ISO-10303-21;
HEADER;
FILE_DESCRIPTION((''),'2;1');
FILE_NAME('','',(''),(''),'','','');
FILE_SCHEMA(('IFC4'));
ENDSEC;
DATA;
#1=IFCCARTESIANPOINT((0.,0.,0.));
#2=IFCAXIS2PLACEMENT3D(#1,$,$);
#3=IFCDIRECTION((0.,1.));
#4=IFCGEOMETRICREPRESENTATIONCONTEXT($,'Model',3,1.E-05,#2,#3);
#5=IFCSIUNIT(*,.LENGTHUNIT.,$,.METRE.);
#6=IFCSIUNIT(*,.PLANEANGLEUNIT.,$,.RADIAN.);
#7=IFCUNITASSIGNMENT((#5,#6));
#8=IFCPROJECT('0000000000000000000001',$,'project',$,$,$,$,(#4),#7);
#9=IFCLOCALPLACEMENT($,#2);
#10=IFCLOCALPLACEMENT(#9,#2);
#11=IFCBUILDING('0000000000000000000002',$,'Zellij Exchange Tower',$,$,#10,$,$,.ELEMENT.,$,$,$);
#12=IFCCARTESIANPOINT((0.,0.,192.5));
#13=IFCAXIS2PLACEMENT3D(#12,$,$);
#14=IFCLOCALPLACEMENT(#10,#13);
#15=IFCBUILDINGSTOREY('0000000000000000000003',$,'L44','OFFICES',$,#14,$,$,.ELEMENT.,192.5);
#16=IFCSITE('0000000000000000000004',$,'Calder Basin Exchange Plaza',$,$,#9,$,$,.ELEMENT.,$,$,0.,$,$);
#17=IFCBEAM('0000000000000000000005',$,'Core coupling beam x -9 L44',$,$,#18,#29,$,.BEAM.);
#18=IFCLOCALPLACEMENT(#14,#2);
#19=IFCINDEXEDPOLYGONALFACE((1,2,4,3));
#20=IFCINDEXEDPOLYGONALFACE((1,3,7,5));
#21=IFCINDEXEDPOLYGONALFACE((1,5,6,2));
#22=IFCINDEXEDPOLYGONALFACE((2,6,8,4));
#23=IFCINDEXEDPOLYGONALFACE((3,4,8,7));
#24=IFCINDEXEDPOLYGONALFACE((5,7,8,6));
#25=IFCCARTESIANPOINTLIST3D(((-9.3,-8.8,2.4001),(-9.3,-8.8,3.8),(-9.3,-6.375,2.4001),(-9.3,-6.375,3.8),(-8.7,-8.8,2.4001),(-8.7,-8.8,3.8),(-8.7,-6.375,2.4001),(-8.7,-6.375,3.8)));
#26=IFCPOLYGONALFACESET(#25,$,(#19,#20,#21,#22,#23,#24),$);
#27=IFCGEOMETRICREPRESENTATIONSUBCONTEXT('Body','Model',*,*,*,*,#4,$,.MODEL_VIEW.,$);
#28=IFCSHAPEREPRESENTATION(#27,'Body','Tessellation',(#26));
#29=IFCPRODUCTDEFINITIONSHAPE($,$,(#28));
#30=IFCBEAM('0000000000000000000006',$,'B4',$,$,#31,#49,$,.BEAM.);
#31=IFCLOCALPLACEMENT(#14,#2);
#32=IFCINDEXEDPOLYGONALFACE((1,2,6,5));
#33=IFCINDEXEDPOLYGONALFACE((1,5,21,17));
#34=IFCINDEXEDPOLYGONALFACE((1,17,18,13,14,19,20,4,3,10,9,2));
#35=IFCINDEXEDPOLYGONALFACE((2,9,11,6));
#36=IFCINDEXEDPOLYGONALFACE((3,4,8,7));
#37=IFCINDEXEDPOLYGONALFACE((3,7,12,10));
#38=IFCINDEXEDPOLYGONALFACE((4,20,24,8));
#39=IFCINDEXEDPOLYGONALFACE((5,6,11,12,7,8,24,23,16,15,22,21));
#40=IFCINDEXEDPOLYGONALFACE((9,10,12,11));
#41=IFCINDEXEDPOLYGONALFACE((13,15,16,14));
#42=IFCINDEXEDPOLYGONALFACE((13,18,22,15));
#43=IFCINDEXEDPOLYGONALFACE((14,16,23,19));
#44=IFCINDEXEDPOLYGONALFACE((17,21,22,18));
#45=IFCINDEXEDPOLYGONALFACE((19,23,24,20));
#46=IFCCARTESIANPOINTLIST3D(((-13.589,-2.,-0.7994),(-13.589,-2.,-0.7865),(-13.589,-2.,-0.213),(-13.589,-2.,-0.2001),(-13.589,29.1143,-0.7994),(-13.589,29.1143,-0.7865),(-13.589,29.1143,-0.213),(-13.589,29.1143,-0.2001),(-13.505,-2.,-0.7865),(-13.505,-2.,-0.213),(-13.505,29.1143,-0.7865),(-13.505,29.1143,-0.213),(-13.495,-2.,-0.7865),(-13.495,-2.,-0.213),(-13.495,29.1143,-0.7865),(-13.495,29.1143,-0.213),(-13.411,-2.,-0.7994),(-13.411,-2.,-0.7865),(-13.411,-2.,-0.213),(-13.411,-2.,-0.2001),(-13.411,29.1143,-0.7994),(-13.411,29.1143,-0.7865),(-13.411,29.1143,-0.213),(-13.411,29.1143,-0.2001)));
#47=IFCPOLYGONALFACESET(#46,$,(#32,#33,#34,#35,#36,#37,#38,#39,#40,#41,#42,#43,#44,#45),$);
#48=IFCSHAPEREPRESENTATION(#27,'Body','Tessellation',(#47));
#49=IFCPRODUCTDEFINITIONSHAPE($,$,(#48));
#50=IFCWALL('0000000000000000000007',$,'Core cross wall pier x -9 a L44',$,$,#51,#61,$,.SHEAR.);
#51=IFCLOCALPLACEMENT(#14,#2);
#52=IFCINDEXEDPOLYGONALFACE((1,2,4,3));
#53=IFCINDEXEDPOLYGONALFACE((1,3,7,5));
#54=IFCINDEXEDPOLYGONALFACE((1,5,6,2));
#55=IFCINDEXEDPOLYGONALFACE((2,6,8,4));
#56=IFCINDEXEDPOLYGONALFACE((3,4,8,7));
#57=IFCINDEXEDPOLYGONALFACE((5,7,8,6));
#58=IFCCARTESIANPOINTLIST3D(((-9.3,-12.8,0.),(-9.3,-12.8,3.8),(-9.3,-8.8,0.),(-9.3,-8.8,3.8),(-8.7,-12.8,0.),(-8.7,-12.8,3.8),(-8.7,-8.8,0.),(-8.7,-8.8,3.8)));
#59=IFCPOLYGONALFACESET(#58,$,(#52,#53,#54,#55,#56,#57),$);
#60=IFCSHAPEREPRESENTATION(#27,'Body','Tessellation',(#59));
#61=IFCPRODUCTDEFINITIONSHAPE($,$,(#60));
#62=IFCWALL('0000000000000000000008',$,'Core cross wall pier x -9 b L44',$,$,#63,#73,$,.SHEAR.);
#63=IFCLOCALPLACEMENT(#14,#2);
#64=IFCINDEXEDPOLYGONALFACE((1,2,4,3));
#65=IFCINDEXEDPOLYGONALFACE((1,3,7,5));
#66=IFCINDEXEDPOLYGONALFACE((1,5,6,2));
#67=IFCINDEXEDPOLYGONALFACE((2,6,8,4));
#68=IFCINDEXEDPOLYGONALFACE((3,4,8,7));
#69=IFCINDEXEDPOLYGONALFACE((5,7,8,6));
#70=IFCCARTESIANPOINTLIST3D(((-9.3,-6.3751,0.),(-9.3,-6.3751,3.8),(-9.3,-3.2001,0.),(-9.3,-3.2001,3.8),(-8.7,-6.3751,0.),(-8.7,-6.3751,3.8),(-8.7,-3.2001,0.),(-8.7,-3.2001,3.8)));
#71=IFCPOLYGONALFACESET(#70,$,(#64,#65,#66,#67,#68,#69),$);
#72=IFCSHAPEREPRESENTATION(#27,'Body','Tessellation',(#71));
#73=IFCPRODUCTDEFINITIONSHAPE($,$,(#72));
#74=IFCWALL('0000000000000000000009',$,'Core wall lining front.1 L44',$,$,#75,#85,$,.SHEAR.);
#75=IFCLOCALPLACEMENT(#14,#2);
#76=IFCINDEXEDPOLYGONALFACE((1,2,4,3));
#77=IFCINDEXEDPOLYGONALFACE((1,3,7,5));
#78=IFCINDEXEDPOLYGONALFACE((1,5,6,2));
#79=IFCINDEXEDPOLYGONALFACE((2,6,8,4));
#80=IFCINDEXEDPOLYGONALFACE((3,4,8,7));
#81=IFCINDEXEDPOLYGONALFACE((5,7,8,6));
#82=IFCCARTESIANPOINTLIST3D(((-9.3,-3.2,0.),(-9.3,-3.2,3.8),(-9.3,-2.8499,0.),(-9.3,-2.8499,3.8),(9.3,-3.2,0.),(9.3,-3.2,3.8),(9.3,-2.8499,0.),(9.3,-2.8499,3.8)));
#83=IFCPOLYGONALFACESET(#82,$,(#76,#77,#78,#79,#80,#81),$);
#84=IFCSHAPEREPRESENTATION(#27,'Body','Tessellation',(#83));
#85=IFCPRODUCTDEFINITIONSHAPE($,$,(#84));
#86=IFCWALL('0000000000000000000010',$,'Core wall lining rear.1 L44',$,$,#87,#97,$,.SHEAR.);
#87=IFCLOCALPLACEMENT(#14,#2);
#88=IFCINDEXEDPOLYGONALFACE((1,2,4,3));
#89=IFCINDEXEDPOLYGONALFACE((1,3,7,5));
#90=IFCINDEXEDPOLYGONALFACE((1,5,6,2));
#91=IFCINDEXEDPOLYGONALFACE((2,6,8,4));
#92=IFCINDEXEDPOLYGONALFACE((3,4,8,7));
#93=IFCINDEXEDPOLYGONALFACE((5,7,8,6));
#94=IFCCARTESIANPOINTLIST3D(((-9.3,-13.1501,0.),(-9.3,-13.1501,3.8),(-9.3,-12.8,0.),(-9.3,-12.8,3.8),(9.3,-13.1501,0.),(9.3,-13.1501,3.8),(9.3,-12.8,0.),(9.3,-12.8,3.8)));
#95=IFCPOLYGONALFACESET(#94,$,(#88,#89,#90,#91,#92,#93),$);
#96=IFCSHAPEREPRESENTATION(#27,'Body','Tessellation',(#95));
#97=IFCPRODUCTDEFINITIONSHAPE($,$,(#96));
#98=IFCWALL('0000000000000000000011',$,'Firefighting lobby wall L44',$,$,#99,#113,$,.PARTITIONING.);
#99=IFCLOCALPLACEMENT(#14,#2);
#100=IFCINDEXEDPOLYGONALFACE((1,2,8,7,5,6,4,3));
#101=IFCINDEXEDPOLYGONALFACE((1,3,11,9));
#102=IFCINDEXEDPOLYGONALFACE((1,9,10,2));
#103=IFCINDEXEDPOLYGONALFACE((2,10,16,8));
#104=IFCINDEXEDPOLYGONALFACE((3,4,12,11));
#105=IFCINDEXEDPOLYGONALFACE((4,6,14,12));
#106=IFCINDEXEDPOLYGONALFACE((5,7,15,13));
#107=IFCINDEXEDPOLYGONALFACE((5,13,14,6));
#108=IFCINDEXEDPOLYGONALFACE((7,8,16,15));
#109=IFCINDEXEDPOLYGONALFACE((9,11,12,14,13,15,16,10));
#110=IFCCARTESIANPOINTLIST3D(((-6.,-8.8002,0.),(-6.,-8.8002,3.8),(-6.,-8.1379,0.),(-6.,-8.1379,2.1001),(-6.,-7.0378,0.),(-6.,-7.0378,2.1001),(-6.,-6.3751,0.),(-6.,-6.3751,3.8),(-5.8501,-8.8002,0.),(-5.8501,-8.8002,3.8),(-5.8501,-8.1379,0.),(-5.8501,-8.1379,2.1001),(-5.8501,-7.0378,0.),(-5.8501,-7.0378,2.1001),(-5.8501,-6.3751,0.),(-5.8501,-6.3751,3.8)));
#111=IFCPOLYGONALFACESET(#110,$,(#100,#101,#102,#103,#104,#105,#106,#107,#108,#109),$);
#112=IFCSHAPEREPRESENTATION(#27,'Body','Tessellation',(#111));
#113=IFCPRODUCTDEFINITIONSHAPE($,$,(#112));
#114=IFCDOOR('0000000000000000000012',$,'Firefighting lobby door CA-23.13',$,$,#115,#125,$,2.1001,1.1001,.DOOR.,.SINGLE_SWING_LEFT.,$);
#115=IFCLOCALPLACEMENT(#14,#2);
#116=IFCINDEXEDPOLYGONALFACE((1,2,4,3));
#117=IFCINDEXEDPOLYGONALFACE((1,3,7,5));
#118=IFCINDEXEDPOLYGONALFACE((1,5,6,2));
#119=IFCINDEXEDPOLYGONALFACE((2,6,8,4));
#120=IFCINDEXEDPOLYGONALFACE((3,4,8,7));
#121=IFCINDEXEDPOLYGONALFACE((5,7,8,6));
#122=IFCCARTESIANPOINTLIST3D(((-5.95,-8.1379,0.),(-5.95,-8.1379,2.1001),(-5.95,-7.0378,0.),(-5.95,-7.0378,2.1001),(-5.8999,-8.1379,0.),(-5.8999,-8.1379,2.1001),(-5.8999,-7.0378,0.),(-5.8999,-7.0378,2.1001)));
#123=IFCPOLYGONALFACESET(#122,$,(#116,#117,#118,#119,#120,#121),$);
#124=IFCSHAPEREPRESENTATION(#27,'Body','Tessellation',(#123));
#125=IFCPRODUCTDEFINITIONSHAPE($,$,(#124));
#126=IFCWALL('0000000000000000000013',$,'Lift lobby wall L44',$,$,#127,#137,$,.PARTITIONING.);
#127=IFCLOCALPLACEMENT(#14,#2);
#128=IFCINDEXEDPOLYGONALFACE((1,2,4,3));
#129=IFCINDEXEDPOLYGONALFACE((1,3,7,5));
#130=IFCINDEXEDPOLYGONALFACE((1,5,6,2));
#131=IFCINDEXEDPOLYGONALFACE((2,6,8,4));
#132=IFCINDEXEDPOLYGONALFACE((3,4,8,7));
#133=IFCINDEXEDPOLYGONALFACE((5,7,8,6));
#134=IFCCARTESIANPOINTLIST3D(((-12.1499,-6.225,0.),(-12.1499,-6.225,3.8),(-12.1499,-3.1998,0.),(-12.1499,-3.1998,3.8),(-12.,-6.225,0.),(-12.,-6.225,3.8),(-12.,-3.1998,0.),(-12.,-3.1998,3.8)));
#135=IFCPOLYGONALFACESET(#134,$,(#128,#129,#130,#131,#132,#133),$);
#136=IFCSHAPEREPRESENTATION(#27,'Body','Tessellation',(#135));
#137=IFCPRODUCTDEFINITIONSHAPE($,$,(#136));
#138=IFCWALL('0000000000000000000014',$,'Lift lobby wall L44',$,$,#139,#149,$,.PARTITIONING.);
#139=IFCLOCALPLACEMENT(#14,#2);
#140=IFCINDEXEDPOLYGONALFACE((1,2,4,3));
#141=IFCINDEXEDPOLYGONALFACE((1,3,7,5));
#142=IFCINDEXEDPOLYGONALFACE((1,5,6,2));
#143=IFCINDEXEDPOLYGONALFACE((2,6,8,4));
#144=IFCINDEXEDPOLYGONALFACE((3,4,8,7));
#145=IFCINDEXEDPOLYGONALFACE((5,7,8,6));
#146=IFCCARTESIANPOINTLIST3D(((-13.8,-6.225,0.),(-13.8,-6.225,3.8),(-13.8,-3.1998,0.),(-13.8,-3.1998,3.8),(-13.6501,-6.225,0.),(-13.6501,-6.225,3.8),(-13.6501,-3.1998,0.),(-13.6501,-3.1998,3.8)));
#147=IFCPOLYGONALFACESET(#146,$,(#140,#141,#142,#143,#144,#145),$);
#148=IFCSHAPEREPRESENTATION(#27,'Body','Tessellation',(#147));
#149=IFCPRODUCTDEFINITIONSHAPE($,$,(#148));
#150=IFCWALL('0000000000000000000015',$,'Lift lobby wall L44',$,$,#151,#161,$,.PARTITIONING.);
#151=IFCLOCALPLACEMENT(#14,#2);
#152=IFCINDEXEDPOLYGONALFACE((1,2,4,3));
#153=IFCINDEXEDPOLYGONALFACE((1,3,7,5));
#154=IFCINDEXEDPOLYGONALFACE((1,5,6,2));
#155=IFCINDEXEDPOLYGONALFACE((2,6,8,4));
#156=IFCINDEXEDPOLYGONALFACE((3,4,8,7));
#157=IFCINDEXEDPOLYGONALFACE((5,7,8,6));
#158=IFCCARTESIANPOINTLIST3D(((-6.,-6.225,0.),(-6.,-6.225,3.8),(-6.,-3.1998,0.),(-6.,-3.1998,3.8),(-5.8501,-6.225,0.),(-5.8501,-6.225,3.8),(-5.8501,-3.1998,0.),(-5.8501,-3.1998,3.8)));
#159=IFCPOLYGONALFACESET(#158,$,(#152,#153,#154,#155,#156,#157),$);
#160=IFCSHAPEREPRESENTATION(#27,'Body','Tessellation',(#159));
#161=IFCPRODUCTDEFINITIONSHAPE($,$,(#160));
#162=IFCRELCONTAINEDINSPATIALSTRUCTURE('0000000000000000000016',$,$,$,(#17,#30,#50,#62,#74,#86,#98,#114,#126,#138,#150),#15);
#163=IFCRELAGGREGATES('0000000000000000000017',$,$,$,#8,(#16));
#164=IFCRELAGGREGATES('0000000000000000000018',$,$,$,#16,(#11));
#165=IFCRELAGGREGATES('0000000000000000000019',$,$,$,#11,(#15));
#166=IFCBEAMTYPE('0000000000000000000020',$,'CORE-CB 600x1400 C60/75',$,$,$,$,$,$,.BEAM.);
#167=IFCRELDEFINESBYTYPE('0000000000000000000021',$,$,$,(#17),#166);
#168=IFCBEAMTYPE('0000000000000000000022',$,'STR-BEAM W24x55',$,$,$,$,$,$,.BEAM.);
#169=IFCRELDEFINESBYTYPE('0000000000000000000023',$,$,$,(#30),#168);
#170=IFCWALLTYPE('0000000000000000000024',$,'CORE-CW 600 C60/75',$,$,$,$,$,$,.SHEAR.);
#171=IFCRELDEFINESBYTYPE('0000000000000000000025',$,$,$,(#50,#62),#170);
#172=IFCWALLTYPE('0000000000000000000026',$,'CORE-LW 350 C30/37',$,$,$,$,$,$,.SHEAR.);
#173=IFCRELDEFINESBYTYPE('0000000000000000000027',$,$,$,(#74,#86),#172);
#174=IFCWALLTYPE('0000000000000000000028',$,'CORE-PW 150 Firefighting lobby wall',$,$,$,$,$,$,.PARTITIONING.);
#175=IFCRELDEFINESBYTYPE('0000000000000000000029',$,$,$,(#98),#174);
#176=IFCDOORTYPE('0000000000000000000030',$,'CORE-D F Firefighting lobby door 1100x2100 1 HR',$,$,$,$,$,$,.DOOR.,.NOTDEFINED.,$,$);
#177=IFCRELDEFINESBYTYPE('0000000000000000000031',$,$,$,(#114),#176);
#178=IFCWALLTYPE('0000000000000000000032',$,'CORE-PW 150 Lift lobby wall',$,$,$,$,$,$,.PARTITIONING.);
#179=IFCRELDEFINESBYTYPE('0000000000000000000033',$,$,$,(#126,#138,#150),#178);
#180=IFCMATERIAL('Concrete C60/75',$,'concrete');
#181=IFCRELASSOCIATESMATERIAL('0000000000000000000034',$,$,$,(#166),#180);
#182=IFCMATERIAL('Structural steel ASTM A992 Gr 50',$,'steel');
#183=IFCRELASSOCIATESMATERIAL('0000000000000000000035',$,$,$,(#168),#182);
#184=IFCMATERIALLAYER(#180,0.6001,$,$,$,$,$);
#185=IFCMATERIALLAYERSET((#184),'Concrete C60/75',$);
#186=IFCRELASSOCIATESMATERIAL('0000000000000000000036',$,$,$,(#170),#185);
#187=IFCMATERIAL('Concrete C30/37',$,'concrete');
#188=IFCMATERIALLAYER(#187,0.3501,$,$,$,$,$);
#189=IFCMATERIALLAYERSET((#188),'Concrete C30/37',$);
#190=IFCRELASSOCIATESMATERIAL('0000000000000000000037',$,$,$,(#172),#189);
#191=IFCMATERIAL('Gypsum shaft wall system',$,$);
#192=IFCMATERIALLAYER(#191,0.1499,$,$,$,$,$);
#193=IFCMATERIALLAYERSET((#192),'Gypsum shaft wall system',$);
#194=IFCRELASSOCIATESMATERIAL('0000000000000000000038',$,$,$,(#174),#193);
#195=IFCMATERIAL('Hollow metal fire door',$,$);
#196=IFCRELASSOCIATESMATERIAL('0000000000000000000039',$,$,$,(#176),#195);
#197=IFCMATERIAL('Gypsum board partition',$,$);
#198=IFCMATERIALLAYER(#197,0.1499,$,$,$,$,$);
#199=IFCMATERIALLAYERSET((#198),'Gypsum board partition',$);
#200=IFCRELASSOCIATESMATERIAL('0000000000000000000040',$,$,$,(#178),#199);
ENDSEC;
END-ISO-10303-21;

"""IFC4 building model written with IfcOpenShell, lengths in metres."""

from ifc_helpers import new_model, si_unit, direction, frame, frame_2d, origin, origin_2d, place, context, subcontext, project, spatial, rectangle, i_section, extrude, material, layer, layer_set, material_profile, profile_set, type_object, element, fill, save


model = new_model("IFC4")

# Units and contexts
model_context = context("Model", 3, precision=1e-05, world=origin(), true_north=direction((0.0, 1.0)))
body_context = subcontext(model_context, "Body", "Model", "MODEL_VIEW")
ifc_project = project(units=[si_unit("LENGTHUNIT", "METRE"), si_unit("PLANEANGLEUNIT", "RADIAN")], contexts=[model_context])

# Site, building, storey
site_placement = place(None, origin())
site = spatial("IfcSite", under=ifc_project, at=site_placement, Name="Calder Basin Exchange Plaza", CompositionType="ELEMENT", RefElevation=0.0)
building_placement = place(site_placement, origin())
building = spatial("IfcBuilding", under=site, at=building_placement, Name="Zellij Exchange Tower", CompositionType="ELEMENT")
storey_placement = place(building_placement, frame((0.0, 0.0, 192.5)))
storey = spatial("IfcBuildingStorey", under=building, at=storey_placement, Name="L44", Description="OFFICES", CompositionType="ELEMENT", Elevation=192.5)

# Beams
ifc_material_1 = material(Name="Concrete C60/75", Category="concrete")
ifc_material_profile_1 = material_profile(ifc_material_1, rectangle(XDim=0.6001, YDim=1.3999, at=origin_2d()), Name="CORE-CB 600x1400 C60/75")
ifc_profile_set_1 = profile_set([ifc_material_profile_1], Name="Concrete C60/75")
beam_type_1 = type_object("IfcBeamType", Name="CORE-CB 600x1400 C60/75", PredefinedType="BEAM", material=ifc_profile_set_1)
beam_1_placement = place(storey_placement, frame((-9.0, -8.8, 3.1001), z_axis=(0.0, 1.0, 0.0), x_axis=(-1.0, 0.0, 0.0)))
element("IfcBeam", 1, at=beam_1_placement, inside=storey, type_object=beam_type_1, Name="Core coupling beam x -9 L44", PredefinedType="BEAM", context=body_context, shape_type="SweptSolid", body=[
    extrude(rectangle(XDim=0.6001, YDim=1.3999, at=origin_2d()), origin(), (0.0, 0.0, 1.0), 2.425),
])
ifc_material_2 = material(Name="Structural steel ASTM A992 Gr 50", Category="steel")
ifc_material_profile_2 = material_profile(ifc_material_2, i_section(OverallWidth=0.178, OverallDepth=0.5994, WebThickness=0.01, FlangeThickness=0.0129, at=origin_2d()), Name="W24x55")
ifc_profile_set_2 = profile_set([ifc_material_profile_2], Name="Structural steel ASTM A992 Gr 50")
beam_type_2 = type_object("IfcBeamType", Name="STR-BEAM W24x55", PredefinedType="BEAM", material=ifc_profile_set_2)
beam_2_placement = place(storey_placement, frame((-13.5, -2.0, -0.4998), z_axis=(0.0, 1.0, 0.0), x_axis=(-1.0, 0.0, 0.0)))
element("IfcBeam", 2, at=beam_2_placement, inside=storey, type_object=beam_type_2, Name="B4", PredefinedType="BEAM", context=body_context, shape_type="SweptSolid", body=[
    extrude(i_section(OverallWidth=0.178, OverallDepth=0.5994, WebThickness=0.01, FlangeThickness=0.0129, at=origin_2d()), origin(), (0.0, 0.0, 1.0), 31.1143),
])

# Walls
ifc_layer_1 = layer(ifc_material_1, 0.6001)
ifc_layer_set_1 = layer_set([ifc_layer_1], Name="Concrete C60/75")
wall_type_1 = type_object("IfcWallType", Name="CORE-CW 600 C60/75", PredefinedType="SHEAR", material=ifc_layer_set_1)
wall_1_placement = place(storey_placement, frame((-9.0, -12.8, 0.0), z_axis=(0.0, 0.0, 1.0), x_axis=(0.0, 1.0, 0.0)))
element("IfcWall", 3, at=wall_1_placement, inside=storey, type_object=wall_type_1, Name="Core cross wall pier x -9 a L44", PredefinedType="SHEAR", context=body_context, shape_type="SweptSolid", body=[
    extrude(rectangle(XDim=4.0, YDim=0.6001, at=frame_2d((2.0, 0.0))), origin(), (0.0, 0.0, 1.0), 3.8),
])
wall_2_placement = place(storey_placement, frame((-9.0, -6.375, 0.0), z_axis=(0.0, 0.0, 1.0), x_axis=(0.0, 1.0, 0.0)))
element("IfcWall", 4, at=wall_2_placement, inside=storey, type_object=wall_type_1, Name="Core cross wall pier x -9 b L44", PredefinedType="SHEAR", context=body_context, shape_type="SweptSolid", body=[
    extrude(rectangle(XDim=3.175, YDim=0.6001, at=frame_2d((1.5874, 0.0))), origin(), (0.0, 0.0, 1.0), 3.8),
])
ifc_material_3 = material(Name="Concrete C30/37", Category="concrete")
ifc_layer_2 = layer(ifc_material_3, 0.3501)
ifc_layer_set_2 = layer_set([ifc_layer_2], Name="Concrete C30/37")
wall_type_2 = type_object("IfcWallType", Name="CORE-LW 350 C30/37", PredefinedType="SHEAR", material=ifc_layer_set_2)
for number, where, z_axis, x_axis, name in (
    (5, (-9.3, -3.0249, 0.0), (0.0, 0.0, 1.0), (1.0, 0.0, 0.0), "Core wall lining front.1 L44"),
    (6, (-9.3, -12.9751, 0.0), (0.0, 0.0, 1.0), (1.0, 0.0, 0.0), "Core wall lining rear.1 L44"),
):
    element("IfcWall", number, at=place(storey_placement, frame(where, z_axis=z_axis, x_axis=x_axis)), inside=storey, type_object=wall_type_2, Name=name, PredefinedType="SHEAR", context=body_context, shape_type="SweptSolid", body=[
        extrude(rectangle(XDim=18.6001, YDim=0.3501, at=frame_2d((9.3, 0.0))), origin(), (0.0, 0.0, 1.0), 3.8),
    ])

# Wall, opening, door
ifc_material_4 = material(Name="Gypsum shaft wall system")
ifc_layer_3 = layer(ifc_material_4, 0.1499)
ifc_layer_set_3 = layer_set([ifc_layer_3], Name="Gypsum shaft wall system")
wall_type_3 = type_object("IfcWallType", Name="CORE-PW 150 Firefighting lobby wall", PredefinedType="PARTITIONING", material=ifc_layer_set_3)
wall_3_placement = place(storey_placement, frame((-5.925, -8.8, 0.0), z_axis=(0.0, 0.0, 1.0), x_axis=(0.0, 1.0, 0.0)))
wall_3 = element("IfcWall", 7, at=wall_3_placement, inside=storey, type_object=wall_type_3, Name="Firefighting lobby wall L44", PredefinedType="PARTITIONING", context=body_context, shape_type="SweptSolid", body=[
    extrude(rectangle(XDim=2.425, YDim=0.1499, at=frame_2d((1.2124, 0.0))), origin(), (0.0, 0.0, 1.0), 3.8),
])
opening_1_placement = place(wall_3_placement, frame((0.6621, 0.0, 0.0)))
opening_1 = element("IfcOpeningElement", 8, at=opening_1_placement, cuts=wall_3, PredefinedType="OPENING", context=body_context, shape_type="SweptSolid", body=[
    extrude(rectangle(XDim=1.1001, YDim=2.1001, at=frame_2d((0.55, 1.05))), frame((0.0, 0.0869, 0.0), z_axis=(0.0, -1.0, 0.0), x_axis=(1.0, 0.0, 0.0)), (0.0, 0.0, 1.0), 0.1738),
])
ifc_material_5 = material(Name="Hollow metal fire door")
door_type_1 = type_object("IfcDoorType", Name="CORE-D F Firefighting lobby door 1100x2100 1 HR", OperationType="NOTDEFINED", PredefinedType="DOOR", material=ifc_material_5)
door_1_placement = place(opening_1_placement, origin())
door_1 = element("IfcDoor", 9, at=door_1_placement, inside=storey, type_object=door_type_1, Name="Firefighting lobby door CA-23.13", OperationType="SINGLE_SWING_LEFT", OverallHeight=2.1001, OverallWidth=1.1001, PredefinedType="DOOR", context=body_context, shape_type="SweptSolid", body=[
    extrude(rectangle(XDim=1.1001, YDim=2.1001, at=frame_2d((0.55, 1.05))), frame((0.0, 0.0249, 0.0), z_axis=(0.0, -1.0, 0.0), x_axis=(1.0, 0.0, 0.0)), (0.0, 0.0, 1.0), 0.05),
])
fill(opening_1, door_1)

# Walls
ifc_material_6 = material(Name="Gypsum board partition")
ifc_layer_4 = layer(ifc_material_6, 0.1499)
ifc_layer_set_4 = layer_set([ifc_layer_4], Name="Gypsum board partition")
wall_type_4 = type_object("IfcWallType", Name="CORE-PW 150 Lift lobby wall", PredefinedType="PARTITIONING", material=ifc_layer_set_4)
for number, where, z_axis, x_axis, name in (
    (10, (-12.075, -6.2251, 0.0), (0.0, 0.0, 1.0), (0.0, 1.0, 0.0), "Lift lobby wall L44"),
    (11, (-13.7251, -6.2251, 0.0), (0.0, 0.0, 1.0), (0.0, 1.0, 0.0), "Lift lobby wall L44"),
    (12, (-5.925, -6.2251, 0.0), (0.0, 0.0, 1.0), (0.0, 1.0, 0.0), "Lift lobby wall L44"),
):
    element("IfcWall", number, at=place(storey_placement, frame(where, z_axis=z_axis, x_axis=x_axis)), inside=storey, type_object=wall_type_4, Name=name, PredefinedType="PARTITIONING", context=body_context, shape_type="SweptSolid", body=[
        extrude(rectangle(XDim=3.0251, YDim=0.1499, at=frame_2d((1.5127, 0.0))), origin(), (0.0, 0.0, 1.0), 3.8),
    ])

save(model, "model.ifc")
